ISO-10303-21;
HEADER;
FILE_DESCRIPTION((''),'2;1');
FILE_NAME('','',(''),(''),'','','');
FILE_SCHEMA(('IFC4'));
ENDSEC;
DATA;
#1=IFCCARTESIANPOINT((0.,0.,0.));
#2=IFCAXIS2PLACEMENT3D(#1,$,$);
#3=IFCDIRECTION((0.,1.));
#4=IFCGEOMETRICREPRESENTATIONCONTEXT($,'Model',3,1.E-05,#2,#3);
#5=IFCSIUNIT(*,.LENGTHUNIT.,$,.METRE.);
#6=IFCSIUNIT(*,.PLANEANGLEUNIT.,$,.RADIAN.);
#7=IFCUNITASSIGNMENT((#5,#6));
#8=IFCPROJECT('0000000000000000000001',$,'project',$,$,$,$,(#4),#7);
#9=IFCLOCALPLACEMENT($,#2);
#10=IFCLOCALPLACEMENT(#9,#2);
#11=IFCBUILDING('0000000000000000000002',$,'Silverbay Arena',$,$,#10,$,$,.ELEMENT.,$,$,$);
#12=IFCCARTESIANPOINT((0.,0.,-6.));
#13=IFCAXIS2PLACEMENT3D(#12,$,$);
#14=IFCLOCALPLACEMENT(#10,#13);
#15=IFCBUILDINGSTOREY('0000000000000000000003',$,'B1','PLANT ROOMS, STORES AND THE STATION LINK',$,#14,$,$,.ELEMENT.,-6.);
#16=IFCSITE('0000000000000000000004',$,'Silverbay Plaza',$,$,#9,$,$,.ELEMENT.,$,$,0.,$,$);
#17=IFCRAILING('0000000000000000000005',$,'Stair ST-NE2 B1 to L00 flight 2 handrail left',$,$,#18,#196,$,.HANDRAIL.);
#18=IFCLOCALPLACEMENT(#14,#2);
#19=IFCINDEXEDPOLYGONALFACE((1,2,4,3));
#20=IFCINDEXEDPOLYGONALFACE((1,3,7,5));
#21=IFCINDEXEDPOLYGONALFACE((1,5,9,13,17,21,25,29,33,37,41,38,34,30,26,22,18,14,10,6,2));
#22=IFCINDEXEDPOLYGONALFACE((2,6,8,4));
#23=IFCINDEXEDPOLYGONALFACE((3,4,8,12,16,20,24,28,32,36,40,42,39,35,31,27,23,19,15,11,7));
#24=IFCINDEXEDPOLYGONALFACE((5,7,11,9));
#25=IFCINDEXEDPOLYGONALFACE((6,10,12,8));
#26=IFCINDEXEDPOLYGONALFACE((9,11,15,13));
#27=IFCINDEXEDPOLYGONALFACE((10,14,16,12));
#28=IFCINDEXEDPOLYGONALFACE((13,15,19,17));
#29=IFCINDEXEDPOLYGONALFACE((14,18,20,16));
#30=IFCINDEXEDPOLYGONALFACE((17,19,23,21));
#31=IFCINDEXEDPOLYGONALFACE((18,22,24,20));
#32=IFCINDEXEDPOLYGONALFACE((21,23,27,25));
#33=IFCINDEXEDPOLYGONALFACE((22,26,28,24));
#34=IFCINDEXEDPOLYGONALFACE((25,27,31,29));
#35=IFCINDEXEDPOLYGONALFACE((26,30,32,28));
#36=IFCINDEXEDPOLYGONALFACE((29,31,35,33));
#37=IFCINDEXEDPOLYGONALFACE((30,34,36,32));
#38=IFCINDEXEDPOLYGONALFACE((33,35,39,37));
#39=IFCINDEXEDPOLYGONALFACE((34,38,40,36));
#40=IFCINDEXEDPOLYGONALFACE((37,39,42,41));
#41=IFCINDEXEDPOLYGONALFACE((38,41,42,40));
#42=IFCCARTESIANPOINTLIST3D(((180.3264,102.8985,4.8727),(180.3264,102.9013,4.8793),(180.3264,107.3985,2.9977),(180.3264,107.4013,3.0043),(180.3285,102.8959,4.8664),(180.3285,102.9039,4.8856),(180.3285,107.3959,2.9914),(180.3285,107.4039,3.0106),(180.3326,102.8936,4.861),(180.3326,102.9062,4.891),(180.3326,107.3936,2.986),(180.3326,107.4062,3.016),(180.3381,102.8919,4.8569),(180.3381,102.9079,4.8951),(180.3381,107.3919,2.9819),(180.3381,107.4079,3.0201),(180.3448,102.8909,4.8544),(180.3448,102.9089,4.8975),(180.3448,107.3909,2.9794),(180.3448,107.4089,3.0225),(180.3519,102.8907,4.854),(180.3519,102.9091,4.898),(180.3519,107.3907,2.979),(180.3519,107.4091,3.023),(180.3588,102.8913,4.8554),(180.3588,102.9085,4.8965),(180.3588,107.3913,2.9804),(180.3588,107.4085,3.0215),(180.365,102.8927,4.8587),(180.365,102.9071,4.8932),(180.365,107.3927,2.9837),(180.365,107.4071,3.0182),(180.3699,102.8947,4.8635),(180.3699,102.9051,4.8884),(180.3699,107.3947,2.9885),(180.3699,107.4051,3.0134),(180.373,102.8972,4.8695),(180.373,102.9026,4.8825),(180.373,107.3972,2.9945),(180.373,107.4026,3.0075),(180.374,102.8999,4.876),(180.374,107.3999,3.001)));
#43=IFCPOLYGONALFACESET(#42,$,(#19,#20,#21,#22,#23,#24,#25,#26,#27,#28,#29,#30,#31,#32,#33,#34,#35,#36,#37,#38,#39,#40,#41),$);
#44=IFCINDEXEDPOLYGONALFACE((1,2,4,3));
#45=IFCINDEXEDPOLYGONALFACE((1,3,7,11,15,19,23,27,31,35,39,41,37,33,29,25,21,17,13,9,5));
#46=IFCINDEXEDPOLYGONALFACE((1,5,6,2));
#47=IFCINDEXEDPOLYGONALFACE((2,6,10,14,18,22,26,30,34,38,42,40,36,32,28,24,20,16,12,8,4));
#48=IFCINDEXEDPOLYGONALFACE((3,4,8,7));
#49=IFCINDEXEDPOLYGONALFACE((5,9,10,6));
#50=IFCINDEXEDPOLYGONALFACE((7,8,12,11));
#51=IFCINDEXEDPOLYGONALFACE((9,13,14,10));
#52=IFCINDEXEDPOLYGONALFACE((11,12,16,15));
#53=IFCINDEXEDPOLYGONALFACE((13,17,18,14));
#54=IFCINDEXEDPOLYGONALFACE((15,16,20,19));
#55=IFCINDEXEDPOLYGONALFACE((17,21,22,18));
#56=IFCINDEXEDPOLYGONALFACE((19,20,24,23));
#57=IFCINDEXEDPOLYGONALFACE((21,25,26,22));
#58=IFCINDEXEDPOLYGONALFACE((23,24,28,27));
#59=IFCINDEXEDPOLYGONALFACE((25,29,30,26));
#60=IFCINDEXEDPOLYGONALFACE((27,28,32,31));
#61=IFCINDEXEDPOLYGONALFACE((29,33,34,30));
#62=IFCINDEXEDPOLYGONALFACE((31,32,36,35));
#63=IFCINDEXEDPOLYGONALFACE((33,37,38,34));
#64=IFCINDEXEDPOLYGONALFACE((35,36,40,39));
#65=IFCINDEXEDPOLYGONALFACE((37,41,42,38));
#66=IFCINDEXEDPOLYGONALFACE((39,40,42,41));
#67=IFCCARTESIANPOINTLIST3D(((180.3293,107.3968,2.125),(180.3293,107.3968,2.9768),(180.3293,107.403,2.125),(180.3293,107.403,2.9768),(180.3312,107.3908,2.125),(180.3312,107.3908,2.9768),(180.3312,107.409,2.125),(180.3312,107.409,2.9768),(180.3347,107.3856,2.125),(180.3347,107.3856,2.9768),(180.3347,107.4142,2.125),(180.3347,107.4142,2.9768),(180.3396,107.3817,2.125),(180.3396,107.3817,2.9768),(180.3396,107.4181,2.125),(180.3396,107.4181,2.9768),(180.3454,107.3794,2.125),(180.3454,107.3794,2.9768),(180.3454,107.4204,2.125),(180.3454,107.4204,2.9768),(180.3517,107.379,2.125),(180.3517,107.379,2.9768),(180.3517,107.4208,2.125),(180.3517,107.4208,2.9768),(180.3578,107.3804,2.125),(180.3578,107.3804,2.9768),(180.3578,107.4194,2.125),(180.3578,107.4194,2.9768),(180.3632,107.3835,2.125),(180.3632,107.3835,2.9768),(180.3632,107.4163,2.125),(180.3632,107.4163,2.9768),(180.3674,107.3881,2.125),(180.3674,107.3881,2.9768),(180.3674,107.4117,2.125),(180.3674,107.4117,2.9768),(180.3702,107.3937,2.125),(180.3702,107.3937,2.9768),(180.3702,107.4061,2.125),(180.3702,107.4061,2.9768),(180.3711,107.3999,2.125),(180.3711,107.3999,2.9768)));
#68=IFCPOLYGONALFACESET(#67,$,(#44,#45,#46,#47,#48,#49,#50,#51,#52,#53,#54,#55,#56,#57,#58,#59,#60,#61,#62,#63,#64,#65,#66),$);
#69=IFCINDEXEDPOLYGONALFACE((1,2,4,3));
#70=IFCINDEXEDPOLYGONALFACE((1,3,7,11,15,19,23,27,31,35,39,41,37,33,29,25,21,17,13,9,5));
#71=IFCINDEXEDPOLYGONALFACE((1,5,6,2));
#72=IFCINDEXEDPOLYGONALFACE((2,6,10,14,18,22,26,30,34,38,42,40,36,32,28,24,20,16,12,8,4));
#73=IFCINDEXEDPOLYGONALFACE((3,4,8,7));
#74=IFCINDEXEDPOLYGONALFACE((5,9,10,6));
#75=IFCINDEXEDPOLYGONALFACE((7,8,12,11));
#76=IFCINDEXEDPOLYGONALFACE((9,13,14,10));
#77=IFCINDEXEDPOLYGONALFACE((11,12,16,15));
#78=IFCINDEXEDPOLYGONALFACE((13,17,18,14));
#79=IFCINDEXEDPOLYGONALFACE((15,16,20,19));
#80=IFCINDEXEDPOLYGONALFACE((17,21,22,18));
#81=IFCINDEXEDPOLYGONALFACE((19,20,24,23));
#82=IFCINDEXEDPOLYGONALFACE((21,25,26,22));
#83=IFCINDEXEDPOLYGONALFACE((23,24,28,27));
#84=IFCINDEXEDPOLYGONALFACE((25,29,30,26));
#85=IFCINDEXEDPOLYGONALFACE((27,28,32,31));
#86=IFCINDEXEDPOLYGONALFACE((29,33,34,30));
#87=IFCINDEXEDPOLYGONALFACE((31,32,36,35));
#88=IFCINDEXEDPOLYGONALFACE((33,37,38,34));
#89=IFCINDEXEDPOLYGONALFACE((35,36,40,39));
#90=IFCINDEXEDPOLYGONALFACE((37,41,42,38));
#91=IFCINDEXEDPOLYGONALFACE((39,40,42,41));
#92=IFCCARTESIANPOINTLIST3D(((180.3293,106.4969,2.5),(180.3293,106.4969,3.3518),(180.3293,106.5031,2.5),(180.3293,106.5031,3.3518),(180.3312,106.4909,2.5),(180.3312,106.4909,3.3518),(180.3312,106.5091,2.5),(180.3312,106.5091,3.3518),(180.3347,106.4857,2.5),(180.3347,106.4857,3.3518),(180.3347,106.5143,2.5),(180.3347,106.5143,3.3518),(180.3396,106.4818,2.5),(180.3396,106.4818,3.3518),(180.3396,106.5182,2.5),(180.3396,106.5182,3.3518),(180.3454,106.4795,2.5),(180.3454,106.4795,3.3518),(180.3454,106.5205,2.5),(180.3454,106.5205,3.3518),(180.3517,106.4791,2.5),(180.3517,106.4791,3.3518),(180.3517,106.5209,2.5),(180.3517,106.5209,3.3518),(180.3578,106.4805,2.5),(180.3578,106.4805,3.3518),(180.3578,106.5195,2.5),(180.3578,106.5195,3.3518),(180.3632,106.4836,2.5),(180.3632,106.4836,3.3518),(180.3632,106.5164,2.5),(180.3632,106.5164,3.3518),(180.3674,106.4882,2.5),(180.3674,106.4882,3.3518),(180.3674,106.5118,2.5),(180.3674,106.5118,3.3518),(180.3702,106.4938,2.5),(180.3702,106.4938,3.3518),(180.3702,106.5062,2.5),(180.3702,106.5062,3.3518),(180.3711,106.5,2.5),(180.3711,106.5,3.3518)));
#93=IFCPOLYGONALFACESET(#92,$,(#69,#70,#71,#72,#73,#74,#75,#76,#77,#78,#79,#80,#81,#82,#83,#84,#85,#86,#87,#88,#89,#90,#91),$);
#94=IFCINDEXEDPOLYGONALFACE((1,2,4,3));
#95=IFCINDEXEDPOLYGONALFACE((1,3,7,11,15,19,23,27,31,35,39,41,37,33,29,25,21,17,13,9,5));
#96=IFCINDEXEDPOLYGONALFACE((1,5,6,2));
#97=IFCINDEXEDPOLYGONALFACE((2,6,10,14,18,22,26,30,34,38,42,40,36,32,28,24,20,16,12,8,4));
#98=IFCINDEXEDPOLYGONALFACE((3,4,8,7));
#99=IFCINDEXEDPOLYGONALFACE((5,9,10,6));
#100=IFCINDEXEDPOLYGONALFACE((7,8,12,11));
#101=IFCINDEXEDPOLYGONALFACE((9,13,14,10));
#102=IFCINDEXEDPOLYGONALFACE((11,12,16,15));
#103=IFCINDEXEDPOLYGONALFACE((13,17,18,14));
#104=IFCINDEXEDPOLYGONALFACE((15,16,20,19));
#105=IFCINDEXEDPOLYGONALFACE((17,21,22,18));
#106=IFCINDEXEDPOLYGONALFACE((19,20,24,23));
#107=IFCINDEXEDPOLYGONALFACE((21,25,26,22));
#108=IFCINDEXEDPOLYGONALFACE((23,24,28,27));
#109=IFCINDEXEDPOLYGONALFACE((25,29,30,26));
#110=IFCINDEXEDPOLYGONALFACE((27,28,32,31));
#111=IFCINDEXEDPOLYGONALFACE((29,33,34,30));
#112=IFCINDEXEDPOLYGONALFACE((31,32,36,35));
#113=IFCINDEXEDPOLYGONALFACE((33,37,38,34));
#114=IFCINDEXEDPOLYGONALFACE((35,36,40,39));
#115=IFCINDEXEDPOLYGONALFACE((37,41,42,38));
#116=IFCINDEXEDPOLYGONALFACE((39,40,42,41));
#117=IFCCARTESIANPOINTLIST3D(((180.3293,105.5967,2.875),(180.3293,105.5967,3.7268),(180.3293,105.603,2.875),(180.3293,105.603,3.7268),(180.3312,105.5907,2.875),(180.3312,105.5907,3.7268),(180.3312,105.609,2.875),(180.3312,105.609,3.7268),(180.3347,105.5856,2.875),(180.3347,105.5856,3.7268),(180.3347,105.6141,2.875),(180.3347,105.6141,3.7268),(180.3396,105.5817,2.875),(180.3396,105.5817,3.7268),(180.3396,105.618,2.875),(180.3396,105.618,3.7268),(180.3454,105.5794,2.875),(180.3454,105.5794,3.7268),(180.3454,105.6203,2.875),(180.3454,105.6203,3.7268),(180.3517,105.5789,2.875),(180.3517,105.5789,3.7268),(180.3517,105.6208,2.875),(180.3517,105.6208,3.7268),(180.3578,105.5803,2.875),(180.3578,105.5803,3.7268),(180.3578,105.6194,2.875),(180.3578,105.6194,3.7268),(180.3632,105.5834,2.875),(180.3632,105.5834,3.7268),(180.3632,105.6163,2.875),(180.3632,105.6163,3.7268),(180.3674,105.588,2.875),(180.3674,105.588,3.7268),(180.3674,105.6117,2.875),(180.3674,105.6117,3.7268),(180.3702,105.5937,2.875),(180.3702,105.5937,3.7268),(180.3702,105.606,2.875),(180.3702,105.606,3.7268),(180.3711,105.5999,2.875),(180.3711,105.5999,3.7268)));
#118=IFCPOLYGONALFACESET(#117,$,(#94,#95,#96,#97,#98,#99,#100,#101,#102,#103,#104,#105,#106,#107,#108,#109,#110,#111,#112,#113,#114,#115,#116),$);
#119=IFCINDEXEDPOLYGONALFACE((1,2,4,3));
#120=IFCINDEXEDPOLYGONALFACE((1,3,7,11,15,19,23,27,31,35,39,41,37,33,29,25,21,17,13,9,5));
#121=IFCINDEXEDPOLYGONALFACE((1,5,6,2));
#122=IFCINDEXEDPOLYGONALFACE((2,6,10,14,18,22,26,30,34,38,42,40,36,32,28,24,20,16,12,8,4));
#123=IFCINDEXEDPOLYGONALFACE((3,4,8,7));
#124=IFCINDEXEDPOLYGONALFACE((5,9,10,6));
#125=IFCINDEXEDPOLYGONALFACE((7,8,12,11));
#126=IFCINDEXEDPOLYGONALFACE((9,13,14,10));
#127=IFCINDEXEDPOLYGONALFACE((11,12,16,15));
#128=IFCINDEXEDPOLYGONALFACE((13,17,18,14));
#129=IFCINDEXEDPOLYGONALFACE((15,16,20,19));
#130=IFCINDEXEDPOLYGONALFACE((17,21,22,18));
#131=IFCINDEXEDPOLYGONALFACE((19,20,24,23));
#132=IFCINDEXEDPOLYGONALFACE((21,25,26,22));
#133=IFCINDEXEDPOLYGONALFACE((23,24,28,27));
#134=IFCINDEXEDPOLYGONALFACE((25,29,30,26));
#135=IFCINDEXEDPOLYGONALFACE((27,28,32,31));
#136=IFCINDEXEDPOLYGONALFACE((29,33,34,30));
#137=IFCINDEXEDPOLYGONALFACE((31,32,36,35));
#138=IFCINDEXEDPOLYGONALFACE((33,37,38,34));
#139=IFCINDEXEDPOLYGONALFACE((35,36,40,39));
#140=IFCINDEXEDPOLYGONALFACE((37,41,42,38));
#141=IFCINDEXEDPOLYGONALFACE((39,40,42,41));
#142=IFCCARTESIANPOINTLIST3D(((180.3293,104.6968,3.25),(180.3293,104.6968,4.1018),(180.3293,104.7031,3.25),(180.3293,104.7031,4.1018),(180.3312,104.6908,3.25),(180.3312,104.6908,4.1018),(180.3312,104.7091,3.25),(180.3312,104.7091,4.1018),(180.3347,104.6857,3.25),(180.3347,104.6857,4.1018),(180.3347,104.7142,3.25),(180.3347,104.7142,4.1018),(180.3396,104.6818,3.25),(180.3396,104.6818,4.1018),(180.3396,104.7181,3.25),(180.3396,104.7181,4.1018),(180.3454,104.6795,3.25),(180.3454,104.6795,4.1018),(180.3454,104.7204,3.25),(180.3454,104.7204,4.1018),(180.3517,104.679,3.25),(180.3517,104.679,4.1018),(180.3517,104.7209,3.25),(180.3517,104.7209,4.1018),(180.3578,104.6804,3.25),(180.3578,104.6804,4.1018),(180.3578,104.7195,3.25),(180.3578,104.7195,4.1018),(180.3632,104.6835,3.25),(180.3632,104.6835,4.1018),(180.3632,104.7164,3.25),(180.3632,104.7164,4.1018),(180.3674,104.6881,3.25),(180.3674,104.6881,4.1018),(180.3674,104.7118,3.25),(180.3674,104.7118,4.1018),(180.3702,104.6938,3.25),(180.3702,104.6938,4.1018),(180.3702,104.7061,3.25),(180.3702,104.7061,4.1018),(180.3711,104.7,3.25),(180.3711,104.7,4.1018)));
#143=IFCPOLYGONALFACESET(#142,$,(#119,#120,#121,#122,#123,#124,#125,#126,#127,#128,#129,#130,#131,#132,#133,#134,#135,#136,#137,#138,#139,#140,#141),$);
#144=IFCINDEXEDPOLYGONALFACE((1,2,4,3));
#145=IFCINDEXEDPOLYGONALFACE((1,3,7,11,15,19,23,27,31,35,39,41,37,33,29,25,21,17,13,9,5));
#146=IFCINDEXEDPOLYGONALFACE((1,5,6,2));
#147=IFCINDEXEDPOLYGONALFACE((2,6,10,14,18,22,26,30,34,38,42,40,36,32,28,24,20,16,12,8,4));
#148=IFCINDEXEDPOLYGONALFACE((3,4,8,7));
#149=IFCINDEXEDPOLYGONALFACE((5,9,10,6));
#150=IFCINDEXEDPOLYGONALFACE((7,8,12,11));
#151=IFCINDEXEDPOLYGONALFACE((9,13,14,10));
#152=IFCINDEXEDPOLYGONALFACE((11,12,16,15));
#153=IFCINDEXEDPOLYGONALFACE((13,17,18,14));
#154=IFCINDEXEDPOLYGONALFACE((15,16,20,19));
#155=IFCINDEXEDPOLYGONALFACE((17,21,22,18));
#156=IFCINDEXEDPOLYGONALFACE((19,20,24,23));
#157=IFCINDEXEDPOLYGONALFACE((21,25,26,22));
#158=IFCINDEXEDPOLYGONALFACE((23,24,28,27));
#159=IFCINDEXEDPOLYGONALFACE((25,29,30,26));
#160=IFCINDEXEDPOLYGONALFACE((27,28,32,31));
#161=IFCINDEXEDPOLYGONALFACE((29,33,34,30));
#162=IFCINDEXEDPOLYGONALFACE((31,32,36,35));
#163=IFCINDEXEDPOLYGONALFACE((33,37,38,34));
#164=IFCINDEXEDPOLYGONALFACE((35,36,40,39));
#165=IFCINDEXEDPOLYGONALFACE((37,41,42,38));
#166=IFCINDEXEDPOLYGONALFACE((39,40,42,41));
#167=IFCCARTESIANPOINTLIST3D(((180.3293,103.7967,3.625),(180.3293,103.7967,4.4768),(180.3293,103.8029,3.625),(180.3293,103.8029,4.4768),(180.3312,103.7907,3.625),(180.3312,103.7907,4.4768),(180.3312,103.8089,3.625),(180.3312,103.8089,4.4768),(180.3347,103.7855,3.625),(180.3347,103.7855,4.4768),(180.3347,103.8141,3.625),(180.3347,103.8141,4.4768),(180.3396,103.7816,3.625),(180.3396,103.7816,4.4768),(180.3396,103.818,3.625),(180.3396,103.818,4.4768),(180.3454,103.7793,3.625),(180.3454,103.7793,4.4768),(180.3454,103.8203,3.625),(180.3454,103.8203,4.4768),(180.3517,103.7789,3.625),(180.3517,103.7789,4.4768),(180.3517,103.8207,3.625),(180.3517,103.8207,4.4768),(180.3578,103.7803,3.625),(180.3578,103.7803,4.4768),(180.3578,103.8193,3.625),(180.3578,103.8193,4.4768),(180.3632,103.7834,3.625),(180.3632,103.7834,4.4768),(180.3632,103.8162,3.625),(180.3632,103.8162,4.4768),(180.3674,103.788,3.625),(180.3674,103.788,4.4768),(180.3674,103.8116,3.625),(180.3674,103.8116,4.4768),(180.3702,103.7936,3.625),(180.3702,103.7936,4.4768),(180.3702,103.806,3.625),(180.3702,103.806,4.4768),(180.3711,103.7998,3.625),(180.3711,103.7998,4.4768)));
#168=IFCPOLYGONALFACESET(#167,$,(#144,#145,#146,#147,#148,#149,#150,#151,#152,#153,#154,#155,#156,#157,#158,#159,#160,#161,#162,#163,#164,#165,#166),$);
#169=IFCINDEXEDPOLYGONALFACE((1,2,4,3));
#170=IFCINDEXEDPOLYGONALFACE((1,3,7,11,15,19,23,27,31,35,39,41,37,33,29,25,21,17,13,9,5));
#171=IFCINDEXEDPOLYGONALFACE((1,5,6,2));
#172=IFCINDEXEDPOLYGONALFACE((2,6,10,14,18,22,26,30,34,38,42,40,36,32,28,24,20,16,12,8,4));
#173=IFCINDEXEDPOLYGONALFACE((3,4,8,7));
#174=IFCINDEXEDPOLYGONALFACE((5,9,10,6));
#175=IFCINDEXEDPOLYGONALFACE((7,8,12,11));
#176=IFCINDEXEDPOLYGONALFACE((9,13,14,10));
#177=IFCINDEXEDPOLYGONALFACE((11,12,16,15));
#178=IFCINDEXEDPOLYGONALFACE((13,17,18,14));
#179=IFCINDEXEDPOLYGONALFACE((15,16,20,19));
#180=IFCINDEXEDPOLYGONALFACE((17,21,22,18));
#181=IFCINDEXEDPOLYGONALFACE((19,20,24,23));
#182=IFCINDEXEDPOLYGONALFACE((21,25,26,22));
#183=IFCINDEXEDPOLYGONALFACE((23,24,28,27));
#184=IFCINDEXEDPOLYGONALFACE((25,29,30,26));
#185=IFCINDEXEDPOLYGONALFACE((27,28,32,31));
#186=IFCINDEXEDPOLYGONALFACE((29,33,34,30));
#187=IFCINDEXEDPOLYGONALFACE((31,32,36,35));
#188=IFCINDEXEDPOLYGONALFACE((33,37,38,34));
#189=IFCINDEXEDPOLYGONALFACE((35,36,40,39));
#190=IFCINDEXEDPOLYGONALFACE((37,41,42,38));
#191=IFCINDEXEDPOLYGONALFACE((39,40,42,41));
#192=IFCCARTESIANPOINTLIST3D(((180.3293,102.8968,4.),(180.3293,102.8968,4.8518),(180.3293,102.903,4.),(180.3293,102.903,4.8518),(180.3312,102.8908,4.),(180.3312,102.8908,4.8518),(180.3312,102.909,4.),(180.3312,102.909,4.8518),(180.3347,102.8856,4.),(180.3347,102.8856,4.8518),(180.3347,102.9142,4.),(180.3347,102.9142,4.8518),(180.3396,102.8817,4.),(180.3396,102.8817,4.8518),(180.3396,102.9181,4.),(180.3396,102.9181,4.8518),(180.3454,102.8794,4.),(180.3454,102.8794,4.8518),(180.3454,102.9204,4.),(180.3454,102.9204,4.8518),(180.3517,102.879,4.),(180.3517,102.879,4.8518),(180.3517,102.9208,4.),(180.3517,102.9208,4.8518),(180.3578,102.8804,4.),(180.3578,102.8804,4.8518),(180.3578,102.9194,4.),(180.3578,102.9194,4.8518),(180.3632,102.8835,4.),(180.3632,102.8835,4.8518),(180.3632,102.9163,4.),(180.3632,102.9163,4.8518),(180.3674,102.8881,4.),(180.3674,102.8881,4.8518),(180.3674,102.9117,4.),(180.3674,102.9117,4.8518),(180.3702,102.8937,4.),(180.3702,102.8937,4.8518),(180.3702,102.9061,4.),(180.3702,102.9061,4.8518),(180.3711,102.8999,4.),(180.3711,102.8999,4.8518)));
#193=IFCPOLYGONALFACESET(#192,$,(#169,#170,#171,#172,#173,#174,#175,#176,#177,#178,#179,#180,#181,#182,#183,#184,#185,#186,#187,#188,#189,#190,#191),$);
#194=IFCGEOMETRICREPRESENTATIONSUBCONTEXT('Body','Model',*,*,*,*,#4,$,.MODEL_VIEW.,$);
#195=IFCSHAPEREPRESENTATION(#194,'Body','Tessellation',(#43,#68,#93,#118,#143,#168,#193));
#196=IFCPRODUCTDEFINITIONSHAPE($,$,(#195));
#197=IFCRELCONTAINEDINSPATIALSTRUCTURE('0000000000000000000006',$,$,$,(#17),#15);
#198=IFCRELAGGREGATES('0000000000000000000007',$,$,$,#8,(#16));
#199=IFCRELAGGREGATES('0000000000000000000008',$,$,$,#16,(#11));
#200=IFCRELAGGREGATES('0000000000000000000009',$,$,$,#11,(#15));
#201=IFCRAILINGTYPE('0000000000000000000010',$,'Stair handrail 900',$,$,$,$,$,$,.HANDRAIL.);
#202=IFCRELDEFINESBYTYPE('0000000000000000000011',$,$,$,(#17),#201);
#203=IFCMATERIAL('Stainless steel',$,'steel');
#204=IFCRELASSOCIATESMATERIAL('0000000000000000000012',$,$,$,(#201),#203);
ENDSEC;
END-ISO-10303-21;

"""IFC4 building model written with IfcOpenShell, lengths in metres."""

from ifc_helpers import new_model, si_unit, direction, frame, origin, origin_2d, place, context, subcontext, project, spatial, circle, extrude, material, type_object, element, save


model = new_model("IFC4")

# Units and contexts
model_context = context("Model", 3, precision=1e-05, world=origin(), true_north=direction((0.0, 1.0)))
body_context = subcontext(model_context, "Body", "Model", "MODEL_VIEW")
ifc_project = project(units=[si_unit("LENGTHUNIT", "METRE"), si_unit("PLANEANGLEUNIT", "RADIAN")], contexts=[model_context])

# Site, building, storey
site_placement = place(None, origin())
site = spatial("IfcSite", under=ifc_project, at=site_placement, Name="Silverbay Plaza", CompositionType="ELEMENT", RefElevation=0.0)
building_placement = place(site_placement, origin())
building = spatial("IfcBuilding", under=site, at=building_placement, Name="Silverbay Arena", CompositionType="ELEMENT")
storey_placement = place(building_placement, frame((0.0, 0.0, -6.0)))
storey = spatial("IfcBuildingStorey", under=building, at=storey_placement, Name="B1", Description="PLANT ROOMS, STORES AND THE STATION LINK", CompositionType="ELEMENT", Elevation=-6.0)

# Railing
ifc_material_1 = material(Name="Stainless steel", Category="steel")
railing_type_1 = type_object("IfcRailingType", Name="Stair handrail 900", PredefinedType="HANDRAIL", material=ifc_material_1)
for number, where, name in (
    (1, (180.3501, 107.3999, 2.125), "Stair ST-NE2 B1 to L00 flight 2 handrail left"),
):
    element("IfcRailing", number, at=place(storey_placement, frame(where)), inside=storey, type_object=railing_type_1, Name=name, PredefinedType="HANDRAIL", context=body_context, shape_type="SweptSolid", body=[
        extrude(circle(Radius=0.0239, at=origin_2d()), frame((0.0, 0.0, 0.876), z_axis=(0.0, -0.923077, 0.384615), x_axis=(1.0, 0.0, 0.0)), (0.0, 0.0, 1.0), 4.875),
        extrude(circle(Radius=0.021, at=origin_2d()), origin(), (0.0, 0.0, 1.0), 0.8518),
        extrude(circle(Radius=0.021, at=origin_2d()), frame((0.0, -0.8999, 0.375)), (0.0, 0.0, 1.0), 0.8518),
        extrude(circle(Radius=0.021, at=origin_2d()), frame((0.0, -1.8, 0.75)), (0.0, 0.0, 1.0), 0.8518),
        extrude(circle(Radius=0.021, at=origin_2d()), frame((0.0, -2.7, 1.125)), (0.0, 0.0, 1.0), 0.8518),
        extrude(circle(Radius=0.021, at=origin_2d()), frame((0.0, -3.6001, 1.5)), (0.0, 0.0, 1.0), 0.8518),
        extrude(circle(Radius=0.021, at=origin_2d()), frame((0.0, -4.5, 1.875)), (0.0, 0.0, 1.0), 0.8518),
    ])

save(model, "model.ifc")
